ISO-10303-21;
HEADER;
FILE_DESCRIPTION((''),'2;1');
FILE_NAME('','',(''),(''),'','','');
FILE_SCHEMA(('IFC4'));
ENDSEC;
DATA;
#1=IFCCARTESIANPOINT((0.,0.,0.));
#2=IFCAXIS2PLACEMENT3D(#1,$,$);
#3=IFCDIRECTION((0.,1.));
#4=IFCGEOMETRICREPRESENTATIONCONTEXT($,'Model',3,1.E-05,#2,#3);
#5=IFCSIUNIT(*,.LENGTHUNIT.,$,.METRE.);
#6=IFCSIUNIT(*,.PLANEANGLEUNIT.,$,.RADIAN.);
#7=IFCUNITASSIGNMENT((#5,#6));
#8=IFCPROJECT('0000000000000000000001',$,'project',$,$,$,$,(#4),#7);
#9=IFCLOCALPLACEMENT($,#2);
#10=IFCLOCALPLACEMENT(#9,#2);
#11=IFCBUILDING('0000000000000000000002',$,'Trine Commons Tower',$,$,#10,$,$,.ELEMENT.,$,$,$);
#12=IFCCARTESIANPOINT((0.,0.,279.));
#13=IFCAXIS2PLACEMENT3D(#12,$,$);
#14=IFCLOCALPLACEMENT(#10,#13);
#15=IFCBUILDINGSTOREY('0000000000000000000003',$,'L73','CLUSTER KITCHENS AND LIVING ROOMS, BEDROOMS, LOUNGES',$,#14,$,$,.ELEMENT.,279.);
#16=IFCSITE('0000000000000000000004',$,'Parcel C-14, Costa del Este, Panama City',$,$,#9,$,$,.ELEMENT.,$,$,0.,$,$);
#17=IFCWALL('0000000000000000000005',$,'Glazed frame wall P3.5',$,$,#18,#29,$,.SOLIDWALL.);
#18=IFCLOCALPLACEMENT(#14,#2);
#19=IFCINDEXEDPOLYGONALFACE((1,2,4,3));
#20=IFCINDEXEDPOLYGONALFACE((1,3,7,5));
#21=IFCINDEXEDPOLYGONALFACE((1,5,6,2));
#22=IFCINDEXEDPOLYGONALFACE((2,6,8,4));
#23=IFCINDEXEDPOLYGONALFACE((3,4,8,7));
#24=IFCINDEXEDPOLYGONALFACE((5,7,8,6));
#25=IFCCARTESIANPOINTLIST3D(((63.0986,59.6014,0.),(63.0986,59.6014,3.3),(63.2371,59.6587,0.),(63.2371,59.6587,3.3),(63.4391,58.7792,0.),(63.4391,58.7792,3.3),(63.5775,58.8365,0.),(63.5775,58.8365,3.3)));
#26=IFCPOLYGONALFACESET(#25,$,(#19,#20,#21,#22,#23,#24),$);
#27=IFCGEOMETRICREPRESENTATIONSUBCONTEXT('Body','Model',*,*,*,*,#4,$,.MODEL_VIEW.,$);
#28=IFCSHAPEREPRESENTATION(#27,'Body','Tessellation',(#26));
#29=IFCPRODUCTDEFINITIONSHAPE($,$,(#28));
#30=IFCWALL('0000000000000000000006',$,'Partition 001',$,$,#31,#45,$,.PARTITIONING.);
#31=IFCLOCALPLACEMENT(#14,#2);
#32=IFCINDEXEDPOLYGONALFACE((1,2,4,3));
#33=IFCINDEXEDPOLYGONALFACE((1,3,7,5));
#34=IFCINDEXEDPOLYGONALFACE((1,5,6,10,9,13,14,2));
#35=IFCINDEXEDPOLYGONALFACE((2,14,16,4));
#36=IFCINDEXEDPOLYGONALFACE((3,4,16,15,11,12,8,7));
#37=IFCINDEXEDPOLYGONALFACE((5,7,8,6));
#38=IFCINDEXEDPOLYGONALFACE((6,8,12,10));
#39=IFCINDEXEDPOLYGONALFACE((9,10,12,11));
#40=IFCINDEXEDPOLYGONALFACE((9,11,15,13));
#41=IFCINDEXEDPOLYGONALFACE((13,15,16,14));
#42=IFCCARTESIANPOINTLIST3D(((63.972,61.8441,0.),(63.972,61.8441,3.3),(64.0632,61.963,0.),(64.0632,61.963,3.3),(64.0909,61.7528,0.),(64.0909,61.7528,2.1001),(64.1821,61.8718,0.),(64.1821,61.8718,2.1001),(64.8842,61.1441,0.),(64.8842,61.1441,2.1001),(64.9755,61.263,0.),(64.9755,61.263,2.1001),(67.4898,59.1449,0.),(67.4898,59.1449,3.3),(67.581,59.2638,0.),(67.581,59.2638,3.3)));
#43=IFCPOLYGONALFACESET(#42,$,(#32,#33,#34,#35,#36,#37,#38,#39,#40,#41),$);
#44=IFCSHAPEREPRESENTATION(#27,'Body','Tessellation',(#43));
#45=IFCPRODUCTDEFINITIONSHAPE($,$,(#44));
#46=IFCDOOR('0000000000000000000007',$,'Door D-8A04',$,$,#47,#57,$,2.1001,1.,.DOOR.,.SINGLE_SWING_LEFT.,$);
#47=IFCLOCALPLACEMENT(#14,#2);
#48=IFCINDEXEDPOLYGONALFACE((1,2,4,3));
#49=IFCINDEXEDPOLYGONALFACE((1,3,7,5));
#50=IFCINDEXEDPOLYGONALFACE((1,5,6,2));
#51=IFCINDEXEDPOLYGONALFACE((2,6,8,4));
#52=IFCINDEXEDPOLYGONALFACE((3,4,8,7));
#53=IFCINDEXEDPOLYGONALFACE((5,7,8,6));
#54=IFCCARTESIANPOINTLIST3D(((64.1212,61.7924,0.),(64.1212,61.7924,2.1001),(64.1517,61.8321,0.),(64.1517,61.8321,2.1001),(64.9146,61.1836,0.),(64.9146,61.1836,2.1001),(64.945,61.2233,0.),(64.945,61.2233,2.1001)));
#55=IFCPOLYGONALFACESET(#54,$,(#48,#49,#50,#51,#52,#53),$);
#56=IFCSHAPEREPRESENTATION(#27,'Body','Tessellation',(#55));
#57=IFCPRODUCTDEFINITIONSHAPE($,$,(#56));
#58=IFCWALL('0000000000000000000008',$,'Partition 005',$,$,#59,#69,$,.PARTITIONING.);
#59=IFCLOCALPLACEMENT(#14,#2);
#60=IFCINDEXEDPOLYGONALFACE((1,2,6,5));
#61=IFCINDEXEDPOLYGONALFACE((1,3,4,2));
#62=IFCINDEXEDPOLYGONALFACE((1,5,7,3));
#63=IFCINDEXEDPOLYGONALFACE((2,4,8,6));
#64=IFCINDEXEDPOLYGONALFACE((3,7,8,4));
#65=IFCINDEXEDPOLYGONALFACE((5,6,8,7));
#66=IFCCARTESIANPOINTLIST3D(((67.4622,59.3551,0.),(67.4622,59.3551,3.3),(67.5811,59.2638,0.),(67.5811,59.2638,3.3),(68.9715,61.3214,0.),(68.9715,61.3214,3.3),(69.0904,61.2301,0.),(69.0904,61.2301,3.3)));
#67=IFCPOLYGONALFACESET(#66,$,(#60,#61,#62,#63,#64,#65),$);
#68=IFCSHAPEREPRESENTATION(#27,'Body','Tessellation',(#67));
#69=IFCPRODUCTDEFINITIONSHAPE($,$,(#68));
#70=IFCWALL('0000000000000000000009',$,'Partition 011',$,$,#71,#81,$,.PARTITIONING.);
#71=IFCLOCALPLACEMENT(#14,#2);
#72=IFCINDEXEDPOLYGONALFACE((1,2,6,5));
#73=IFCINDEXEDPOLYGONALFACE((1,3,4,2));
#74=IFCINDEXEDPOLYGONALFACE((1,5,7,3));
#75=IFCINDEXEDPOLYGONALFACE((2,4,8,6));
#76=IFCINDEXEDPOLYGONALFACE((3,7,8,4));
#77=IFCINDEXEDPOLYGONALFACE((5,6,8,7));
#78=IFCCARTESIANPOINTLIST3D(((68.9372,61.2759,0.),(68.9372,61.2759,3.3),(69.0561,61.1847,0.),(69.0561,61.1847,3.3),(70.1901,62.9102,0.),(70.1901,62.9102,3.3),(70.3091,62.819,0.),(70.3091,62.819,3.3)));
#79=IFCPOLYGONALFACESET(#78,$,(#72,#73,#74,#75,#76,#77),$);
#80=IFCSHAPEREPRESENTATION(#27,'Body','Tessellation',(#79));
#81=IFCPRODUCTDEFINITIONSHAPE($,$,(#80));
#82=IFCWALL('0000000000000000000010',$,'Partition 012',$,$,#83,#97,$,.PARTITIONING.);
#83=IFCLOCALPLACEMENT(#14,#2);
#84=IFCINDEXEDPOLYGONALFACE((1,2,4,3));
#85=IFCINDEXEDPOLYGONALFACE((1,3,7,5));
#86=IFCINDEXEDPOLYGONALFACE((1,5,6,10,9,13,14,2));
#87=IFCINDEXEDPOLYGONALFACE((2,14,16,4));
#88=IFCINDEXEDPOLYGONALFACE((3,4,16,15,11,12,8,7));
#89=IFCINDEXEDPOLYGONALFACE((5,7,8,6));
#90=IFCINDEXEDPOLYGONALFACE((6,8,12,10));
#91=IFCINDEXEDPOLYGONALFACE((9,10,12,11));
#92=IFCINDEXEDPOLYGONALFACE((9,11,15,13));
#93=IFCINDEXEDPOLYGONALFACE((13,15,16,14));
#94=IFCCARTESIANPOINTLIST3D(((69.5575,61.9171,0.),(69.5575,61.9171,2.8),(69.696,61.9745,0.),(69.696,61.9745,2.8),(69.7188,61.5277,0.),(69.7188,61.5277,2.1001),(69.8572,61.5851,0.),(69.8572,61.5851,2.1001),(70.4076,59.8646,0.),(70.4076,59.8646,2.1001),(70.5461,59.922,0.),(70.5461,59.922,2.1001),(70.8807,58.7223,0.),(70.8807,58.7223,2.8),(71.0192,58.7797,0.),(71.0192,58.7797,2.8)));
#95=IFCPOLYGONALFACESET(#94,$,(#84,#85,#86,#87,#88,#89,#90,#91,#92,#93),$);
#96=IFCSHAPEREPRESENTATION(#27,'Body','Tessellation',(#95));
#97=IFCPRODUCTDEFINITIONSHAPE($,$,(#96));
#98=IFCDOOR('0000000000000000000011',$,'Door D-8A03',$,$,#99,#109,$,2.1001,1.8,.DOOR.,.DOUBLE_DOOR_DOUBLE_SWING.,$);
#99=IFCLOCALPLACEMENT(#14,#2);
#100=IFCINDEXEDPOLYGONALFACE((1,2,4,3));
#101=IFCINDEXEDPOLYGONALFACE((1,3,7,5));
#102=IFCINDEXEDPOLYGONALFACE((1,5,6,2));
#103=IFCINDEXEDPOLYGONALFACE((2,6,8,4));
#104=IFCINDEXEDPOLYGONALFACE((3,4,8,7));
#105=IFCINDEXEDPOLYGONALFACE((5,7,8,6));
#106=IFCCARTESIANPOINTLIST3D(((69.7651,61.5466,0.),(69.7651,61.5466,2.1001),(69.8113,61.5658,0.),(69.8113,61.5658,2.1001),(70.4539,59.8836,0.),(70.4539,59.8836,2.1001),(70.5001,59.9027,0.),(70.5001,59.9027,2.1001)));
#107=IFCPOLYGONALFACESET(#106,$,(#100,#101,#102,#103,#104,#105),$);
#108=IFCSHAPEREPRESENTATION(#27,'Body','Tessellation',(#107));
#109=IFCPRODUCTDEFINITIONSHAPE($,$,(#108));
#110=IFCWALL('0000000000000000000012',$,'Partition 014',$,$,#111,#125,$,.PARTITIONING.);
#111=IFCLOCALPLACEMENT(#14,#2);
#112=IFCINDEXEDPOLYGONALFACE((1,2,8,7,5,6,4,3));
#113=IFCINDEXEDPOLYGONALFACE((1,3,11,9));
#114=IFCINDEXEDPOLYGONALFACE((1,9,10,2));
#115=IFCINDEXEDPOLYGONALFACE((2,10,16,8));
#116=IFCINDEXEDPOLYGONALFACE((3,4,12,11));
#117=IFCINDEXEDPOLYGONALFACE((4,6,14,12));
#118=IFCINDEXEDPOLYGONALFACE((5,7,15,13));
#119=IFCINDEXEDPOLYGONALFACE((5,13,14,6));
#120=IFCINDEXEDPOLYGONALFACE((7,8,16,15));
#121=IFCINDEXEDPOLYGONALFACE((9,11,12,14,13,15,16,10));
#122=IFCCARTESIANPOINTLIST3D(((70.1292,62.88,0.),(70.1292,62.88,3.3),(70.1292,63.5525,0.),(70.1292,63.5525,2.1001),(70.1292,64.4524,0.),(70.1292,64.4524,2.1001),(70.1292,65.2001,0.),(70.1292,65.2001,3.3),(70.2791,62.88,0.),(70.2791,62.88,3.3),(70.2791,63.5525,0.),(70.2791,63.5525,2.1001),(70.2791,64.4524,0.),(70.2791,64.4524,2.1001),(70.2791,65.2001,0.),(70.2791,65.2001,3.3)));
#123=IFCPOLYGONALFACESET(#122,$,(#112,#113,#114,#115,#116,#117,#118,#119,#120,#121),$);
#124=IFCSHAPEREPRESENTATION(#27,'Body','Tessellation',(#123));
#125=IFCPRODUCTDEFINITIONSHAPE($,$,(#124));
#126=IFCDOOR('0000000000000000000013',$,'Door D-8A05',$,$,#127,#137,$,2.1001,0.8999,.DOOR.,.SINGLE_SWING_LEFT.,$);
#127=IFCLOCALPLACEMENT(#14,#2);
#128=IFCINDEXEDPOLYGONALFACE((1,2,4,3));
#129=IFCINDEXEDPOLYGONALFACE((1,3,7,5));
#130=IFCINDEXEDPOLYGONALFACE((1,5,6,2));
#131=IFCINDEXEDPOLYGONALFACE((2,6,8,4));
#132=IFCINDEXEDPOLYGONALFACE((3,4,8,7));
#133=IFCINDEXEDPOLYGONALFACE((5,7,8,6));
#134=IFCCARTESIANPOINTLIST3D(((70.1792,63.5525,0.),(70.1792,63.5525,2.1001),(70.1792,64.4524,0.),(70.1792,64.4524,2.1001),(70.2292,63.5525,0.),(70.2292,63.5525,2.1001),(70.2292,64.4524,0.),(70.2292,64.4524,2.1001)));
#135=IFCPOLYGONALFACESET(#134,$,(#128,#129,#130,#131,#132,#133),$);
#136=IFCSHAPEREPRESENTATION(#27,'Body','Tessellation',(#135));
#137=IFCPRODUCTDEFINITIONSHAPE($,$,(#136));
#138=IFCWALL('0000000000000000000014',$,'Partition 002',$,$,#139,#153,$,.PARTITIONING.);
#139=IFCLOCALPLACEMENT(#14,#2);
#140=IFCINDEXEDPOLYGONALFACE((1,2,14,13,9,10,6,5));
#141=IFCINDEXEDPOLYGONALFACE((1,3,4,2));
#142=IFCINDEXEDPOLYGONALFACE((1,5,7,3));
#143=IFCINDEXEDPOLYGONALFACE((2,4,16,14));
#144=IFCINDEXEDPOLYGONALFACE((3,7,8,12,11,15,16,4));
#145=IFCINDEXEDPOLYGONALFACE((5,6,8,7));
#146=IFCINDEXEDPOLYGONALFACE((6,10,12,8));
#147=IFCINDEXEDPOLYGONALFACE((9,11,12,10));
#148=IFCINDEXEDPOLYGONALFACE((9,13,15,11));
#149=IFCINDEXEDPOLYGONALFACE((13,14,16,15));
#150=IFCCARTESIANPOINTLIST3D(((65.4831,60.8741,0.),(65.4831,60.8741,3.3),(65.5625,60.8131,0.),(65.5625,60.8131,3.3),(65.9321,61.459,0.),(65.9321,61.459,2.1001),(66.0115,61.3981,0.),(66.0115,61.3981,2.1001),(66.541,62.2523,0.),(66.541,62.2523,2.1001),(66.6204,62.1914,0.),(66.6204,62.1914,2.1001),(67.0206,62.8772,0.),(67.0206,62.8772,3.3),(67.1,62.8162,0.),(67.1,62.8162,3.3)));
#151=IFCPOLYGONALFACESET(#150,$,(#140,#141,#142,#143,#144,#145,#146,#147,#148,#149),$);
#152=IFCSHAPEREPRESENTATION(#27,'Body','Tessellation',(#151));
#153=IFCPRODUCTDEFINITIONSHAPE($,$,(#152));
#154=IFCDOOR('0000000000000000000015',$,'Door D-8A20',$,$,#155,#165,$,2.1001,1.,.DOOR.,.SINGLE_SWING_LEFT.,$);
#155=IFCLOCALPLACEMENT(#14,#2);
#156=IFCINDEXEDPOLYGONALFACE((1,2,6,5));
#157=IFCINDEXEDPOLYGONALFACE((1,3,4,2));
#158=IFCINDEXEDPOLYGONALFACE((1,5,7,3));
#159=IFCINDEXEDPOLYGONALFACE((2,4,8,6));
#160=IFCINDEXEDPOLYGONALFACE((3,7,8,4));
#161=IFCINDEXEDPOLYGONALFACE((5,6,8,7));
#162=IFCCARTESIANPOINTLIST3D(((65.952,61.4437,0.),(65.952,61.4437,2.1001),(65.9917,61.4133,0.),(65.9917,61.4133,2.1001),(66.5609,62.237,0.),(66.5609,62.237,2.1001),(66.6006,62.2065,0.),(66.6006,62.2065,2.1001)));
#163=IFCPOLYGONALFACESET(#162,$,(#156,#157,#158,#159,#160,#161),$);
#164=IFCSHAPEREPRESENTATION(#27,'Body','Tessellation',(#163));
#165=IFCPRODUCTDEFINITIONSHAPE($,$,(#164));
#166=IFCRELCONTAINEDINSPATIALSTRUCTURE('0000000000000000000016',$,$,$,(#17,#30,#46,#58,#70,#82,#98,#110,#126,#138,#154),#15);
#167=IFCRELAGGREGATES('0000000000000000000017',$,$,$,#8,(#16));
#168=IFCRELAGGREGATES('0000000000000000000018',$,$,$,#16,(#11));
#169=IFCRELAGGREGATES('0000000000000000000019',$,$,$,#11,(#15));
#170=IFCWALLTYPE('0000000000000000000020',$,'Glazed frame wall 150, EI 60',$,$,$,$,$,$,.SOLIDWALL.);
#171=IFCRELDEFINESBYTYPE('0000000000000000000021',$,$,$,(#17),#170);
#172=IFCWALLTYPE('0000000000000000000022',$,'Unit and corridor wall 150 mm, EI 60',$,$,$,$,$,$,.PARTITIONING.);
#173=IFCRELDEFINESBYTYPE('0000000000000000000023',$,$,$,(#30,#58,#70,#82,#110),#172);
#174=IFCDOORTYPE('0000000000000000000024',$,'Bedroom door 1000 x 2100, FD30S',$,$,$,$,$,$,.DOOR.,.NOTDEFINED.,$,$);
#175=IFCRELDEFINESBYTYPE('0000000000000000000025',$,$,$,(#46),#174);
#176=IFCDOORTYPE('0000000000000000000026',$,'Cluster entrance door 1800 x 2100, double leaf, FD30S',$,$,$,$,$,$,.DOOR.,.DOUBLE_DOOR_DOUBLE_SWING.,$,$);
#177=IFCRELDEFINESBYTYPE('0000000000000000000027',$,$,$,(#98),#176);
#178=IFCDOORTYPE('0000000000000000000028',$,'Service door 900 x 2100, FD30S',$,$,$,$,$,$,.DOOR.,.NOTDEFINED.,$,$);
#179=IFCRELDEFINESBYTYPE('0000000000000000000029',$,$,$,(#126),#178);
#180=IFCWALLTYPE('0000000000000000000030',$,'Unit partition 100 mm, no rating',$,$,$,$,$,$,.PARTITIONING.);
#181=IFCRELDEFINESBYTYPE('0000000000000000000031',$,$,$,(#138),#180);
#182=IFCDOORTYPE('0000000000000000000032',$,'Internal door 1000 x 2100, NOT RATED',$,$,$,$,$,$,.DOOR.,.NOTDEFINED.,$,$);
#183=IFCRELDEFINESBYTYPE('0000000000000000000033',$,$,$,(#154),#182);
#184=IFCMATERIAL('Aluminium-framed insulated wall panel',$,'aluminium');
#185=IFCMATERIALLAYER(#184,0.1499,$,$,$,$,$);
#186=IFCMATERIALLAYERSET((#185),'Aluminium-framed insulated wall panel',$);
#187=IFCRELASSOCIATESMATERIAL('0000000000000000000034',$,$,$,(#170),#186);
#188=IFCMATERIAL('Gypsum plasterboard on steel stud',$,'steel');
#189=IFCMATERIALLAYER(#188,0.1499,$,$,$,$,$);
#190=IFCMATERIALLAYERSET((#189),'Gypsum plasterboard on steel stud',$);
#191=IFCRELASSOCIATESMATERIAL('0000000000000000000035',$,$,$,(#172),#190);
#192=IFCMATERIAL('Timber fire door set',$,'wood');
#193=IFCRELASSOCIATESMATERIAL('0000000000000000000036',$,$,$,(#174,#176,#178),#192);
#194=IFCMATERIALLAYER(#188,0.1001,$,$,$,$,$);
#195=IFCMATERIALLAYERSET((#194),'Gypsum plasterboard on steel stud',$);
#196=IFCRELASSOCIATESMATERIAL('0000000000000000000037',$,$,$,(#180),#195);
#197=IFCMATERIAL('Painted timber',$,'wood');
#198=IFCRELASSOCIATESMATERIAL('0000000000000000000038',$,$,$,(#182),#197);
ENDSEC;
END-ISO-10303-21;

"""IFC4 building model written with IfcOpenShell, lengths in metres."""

from ifc_helpers import new_model, si_unit, direction, frame, frame_2d, origin, place, context, subcontext, project, spatial, polyline, rectangle, outline, extrude, material, layer, layer_set, type_object, element, fill, save


model = new_model("IFC4")

# Units and contexts
model_context = context("Model", 3, precision=1e-05, world=origin(), true_north=direction((0.0, 1.0)))
body_context = subcontext(model_context, "Body", "Model", "MODEL_VIEW")
ifc_project = project(units=[si_unit("LENGTHUNIT", "METRE"), si_unit("PLANEANGLEUNIT", "RADIAN")], contexts=[model_context])

# Site, building, storey
site_placement = place(None, origin())
site = spatial("IfcSite", under=ifc_project, at=site_placement, Name="Parcel C-14, Costa del Este, Panama City", CompositionType="ELEMENT", RefElevation=0.0)
building_placement = place(site_placement, origin())
building = spatial("IfcBuilding", under=site, at=building_placement, Name="Trine Commons Tower", CompositionType="ELEMENT")
storey_placement = place(building_placement, frame((0.0, 0.0, 279.0)))
storey = spatial("IfcBuildingStorey", under=building, at=storey_placement, Name="L73", Description="CLUSTER KITCHENS AND LIVING ROOMS, BEDROOMS, LOUNGES", CompositionType="ELEMENT", Elevation=279.0)

# Shared definitions
ifc_material_1 = material(Name="Aluminium-framed insulated wall panel", Category="aluminium")
ifc_layer_1 = layer(ifc_material_1, 0.1499)
ifc_layer_set_1 = layer_set([ifc_layer_1], Name="Aluminium-framed insulated wall panel")
wall_type_1 = type_object("IfcWallType", Name="Glazed frame wall 150, EI 60", PredefinedType="SOLIDWALL", material=ifc_layer_set_1)

# Wall
wall_1_placement = place(storey_placement, frame((63.5083, 58.8079, 0.0), z_axis=(0.0, 0.0, 1.0), x_axis=(-0.382603, 0.923913, 0.0)))
element("IfcWall", 1, at=wall_1_placement, inside=storey, type_object=wall_type_1, Name="Glazed frame wall P3.5", PredefinedType="SOLIDWALL", context=body_context, shape_type="SweptSolid", body=[
    extrude(outline(polyline([(0.8899, 0.075), (0.0, 0.075), (0.0, -0.075), (0.8899, -0.075), (0.8899, 0.075)])), origin(), (0.0, 0.0, 1.0), 3.3),
])

# Wall, opening, door
ifc_material_2 = material(Name="Gypsum plasterboard on steel stud", Category="steel")
ifc_layer_2 = layer(ifc_material_2, 0.1499)
ifc_layer_set_2 = layer_set([ifc_layer_2], Name="Gypsum plasterboard on steel stud")
wall_type_2 = type_object("IfcWallType", Name="Unit and corridor wall 150 mm, EI 60", PredefinedType="PARTITIONING", material=ifc_layer_set_2)
wall_2_placement = place(storey_placement, frame((64.0176, 61.9036, 0.0), z_axis=(0.0, 0.0, 1.0), x_axis=(0.793364, -0.608747, 0.0)))
wall_2 = element("IfcWall", 2, at=wall_2_placement, inside=storey, type_object=wall_type_2, Name="Partition 001", PredefinedType="PARTITIONING", context=body_context, shape_type="SweptSolid", body=[
    extrude(rectangle(XDim=4.4341, YDim=0.1499, at=frame_2d((2.217, 0.0))), origin(), (0.0, 0.0, 1.0), 3.3),
])
opening_1_placement = place(wall_2_placement, frame((0.1499, 0.0, 0.0)))
opening_1 = element("IfcOpeningElement", 3, at=opening_1_placement, cuts=wall_2, PredefinedType="OPENING", context=body_context, shape_type="SweptSolid", body=[
    extrude(rectangle(XDim=1.0, YDim=2.1001, at=frame_2d((0.5, 1.05))), frame((0.0, 0.085, 0.0), z_axis=(0.0, -1.0, 0.0), x_axis=(1.0, 0.0, 0.0)), (0.0, 0.0, 1.0), 0.1699),
])
ifc_material_3 = material(Name="Timber fire door set", Category="wood")
door_type_1 = type_object("IfcDoorType", Name="Bedroom door 1000 x 2100, FD30S", OperationType="NOTDEFINED", PredefinedType="DOOR", material=ifc_material_3)
door_1_placement = place(opening_1_placement, origin())
door_1 = element("IfcDoor", 4, at=door_1_placement, inside=storey, type_object=door_type_1, Name="Door D-8A04", OperationType="SINGLE_SWING_LEFT", OverallHeight=2.1001, OverallWidth=1.0, PredefinedType="DOOR", context=body_context, shape_type="SweptSolid", body=[
    extrude(rectangle(XDim=1.0, YDim=2.1001, at=frame_2d((0.5, 1.05))), frame((0.0, 0.0249, 0.0), z_axis=(0.0, -1.0, 0.0), x_axis=(1.0, 0.0, 0.0)), (0.0, 0.0, 1.0), 0.05),
])
fill(opening_1, door_1)

# Walls
wall_3_placement = place(storey_placement, frame((67.5217, 59.3096, 0.0), z_axis=(0.0, 0.0, 1.0), x_axis=(0.608882, 0.793261, 0.0)))
element("IfcWall", 5, at=wall_3_placement, inside=storey, type_object=wall_type_2, Name="Partition 005", PredefinedType="PARTITIONING", context=body_context, shape_type="SweptSolid", body=[
    extrude(rectangle(XDim=2.4788, YDim=0.1499, at=frame_2d((1.2393, 0.0))), origin(), (0.0, 0.0, 1.0), 3.3),
])
wall_4_placement = place(storey_placement, frame((68.9966, 61.2302, 0.0), z_axis=(0.0, 0.0, 1.0), x_axis=(0.608427, 0.79361, 0.0)))
element("IfcWall", 6, at=wall_4_placement, inside=storey, type_object=wall_type_2, Name="Partition 011", PredefinedType="PARTITIONING", context=body_context, shape_type="SweptSolid", body=[
    extrude(rectangle(XDim=2.0593, YDim=0.1499, at=frame_2d((1.0298, 0.0))), origin(), (0.0, 0.0, 1.0), 3.3),
])

# Walls, openings, doors
wall_5_placement = place(storey_placement, frame((69.6267, 61.9458, 0.0), z_axis=(0.0, 0.0, 1.0), x_axis=(0.382659, -0.923889, 0.0)))
wall_5 = element("IfcWall", 7, at=wall_5_placement, inside=storey, type_object=wall_type_2, Name="Partition 012", PredefinedType="PARTITIONING", context=body_context, shape_type="SweptSolid", body=[
    extrude(rectangle(XDim=3.458, YDim=0.1499, at=frame_2d((1.729, 0.0))), origin(), (0.0, 0.0, 1.0), 2.8),
])
opening_2_placement = place(wall_5_placement, frame((0.4216, 0.0, 0.0)))
opening_2 = element("IfcOpeningElement", 8, at=opening_2_placement, cuts=wall_5, PredefinedType="OPENING", context=body_context, shape_type="SweptSolid", body=[
    extrude(rectangle(XDim=1.8, YDim=2.1001, at=frame_2d((0.8999, 1.05))), frame((0.0, 0.085, 0.0), z_axis=(0.0, -1.0, 0.0), x_axis=(1.0, 0.0, 0.0)), (0.0, 0.0, 1.0), 0.1699),
])
door_type_2 = type_object("IfcDoorType", Name="Cluster entrance door 1800 x 2100, double leaf, FD30S", OperationType="DOUBLE_DOOR_DOUBLE_SWING", PredefinedType="DOOR", material=ifc_material_3)
door_2_placement = place(opening_2_placement, frame((1.8, 0.0, 0.0), z_axis=(0.0, 0.0, 1.0), x_axis=(-1.0, 0.0, 0.0)))
door_2 = element("IfcDoor", 9, at=door_2_placement, inside=storey, type_object=door_type_2, Name="Door D-8A03", OperationType="DOUBLE_DOOR_DOUBLE_SWING", OverallHeight=2.1001, OverallWidth=1.8, PredefinedType="DOOR", context=body_context, shape_type="SweptSolid", body=[
    extrude(rectangle(XDim=1.8, YDim=2.1001, at=frame_2d((0.8999, 1.05))), frame((0.0, 0.0249, 0.0), z_axis=(0.0, -1.0, 0.0), x_axis=(1.0, 0.0, 0.0)), (0.0, 0.0, 1.0), 0.05),
])
fill(opening_2, door_2)
wall_6_placement = place(storey_placement, frame((70.2041, 62.8799, 0.0), z_axis=(0.0, 0.0, 1.0), x_axis=(0.0, 1.0, 0.0)))
wall_6 = element("IfcWall", 10, at=wall_6_placement, inside=storey, type_object=wall_type_2, Name="Partition 014", PredefinedType="PARTITIONING", context=body_context, shape_type="SweptSolid", body=[
    extrude(rectangle(XDim=2.3201, YDim=0.1499, at=frame_2d((1.1602, 0.0))), origin(), (0.0, 0.0, 1.0), 3.3),
])
opening_3_placement = place(wall_6_placement, frame((0.6726, 0.0, 0.0)))
opening_3 = element("IfcOpeningElement", 11, at=opening_3_placement, cuts=wall_6, PredefinedType="OPENING", context=body_context, shape_type="SweptSolid", body=[
    extrude(rectangle(XDim=0.8999, YDim=2.1001, at=frame_2d((0.45, 1.05))), frame((0.0, 0.085, 0.0), z_axis=(0.0, -1.0, 0.0), x_axis=(1.0, 0.0, 0.0)), (0.0, 0.0, 1.0), 0.1699),
])
door_type_3 = type_object("IfcDoorType", Name="Service door 900 x 2100, FD30S", OperationType="NOTDEFINED", PredefinedType="DOOR", material=ifc_material_3)
door_3_placement = place(opening_3_placement, origin())
door_3 = element("IfcDoor", 12, at=door_3_placement, inside=storey, type_object=door_type_3, Name="Door D-8A05", OperationType="SINGLE_SWING_LEFT", OverallHeight=2.1001, OverallWidth=0.8999, PredefinedType="DOOR", context=body_context, shape_type="SweptSolid", body=[
    extrude(rectangle(XDim=0.8999, YDim=2.1001, at=frame_2d((0.45, 1.05))), frame((0.0, 0.0249, 0.0), z_axis=(0.0, -1.0, 0.0), x_axis=(1.0, 0.0, 0.0)), (0.0, 0.0, 1.0), 0.05),
])
fill(opening_3, door_3)
ifc_layer_3 = layer(ifc_material_2, 0.1001)
ifc_layer_set_3 = layer_set([ifc_layer_3], Name="Gypsum plasterboard on steel stud")
wall_type_3 = type_object("IfcWallType", Name="Unit partition 100 mm, no rating", PredefinedType="PARTITIONING", material=ifc_layer_set_3)
wall_7_placement = place(storey_placement, frame((65.5227, 60.8435, 0.0), z_axis=(0.0, 0.0, 1.0), x_axis=(0.608888, 0.793256, 0.0)))
wall_7 = element("IfcWall", 13, at=wall_7_placement, inside=storey, type_object=wall_type_3, Name="Partition 002", PredefinedType="PARTITIONING", context=body_context, shape_type="SweptSolid", body=[
    extrude(rectangle(XDim=2.5251, YDim=0.1001, at=frame_2d((1.2627, 0.0))), origin(), (0.0, 0.0, 1.0), 3.3),
])
opening_4_placement = place(wall_7_placement, frame((0.7375, 0.0, 0.0)))
opening_4 = element("IfcOpeningElement", 14, at=opening_4_placement, cuts=wall_7, PredefinedType="OPENING", context=body_context, shape_type="SweptSolid", body=[
    extrude(rectangle(XDim=1.0, YDim=2.1001, at=frame_2d((0.5, 1.05))), frame((0.0, 0.0601, 0.0), z_axis=(0.0, -1.0, 0.0), x_axis=(1.0, 0.0, 0.0)), (0.0, 0.0, 1.0), 0.1201),
])
ifc_material_4 = material(Name="Painted timber", Category="wood")
door_type_4 = type_object("IfcDoorType", Name="Internal door 1000 x 2100, NOT RATED", OperationType="NOTDEFINED", PredefinedType="DOOR", material=ifc_material_4)
door_4_placement = place(opening_4_placement, origin())
door_4 = element("IfcDoor", 15, at=door_4_placement, inside=storey, type_object=door_type_4, Name="Door D-8A20", OperationType="SINGLE_SWING_LEFT", OverallHeight=2.1001, OverallWidth=1.0, PredefinedType="DOOR", context=body_context, shape_type="SweptSolid", body=[
    extrude(rectangle(XDim=1.0, YDim=2.1001, at=frame_2d((0.5, 1.05))), frame((0.0, 0.0249, 0.0), z_axis=(0.0, -1.0, 0.0), x_axis=(1.0, 0.0, 0.0)), (0.0, 0.0, 1.0), 0.05),
])
fill(opening_4, door_4)

save(model, "model.ifc")
